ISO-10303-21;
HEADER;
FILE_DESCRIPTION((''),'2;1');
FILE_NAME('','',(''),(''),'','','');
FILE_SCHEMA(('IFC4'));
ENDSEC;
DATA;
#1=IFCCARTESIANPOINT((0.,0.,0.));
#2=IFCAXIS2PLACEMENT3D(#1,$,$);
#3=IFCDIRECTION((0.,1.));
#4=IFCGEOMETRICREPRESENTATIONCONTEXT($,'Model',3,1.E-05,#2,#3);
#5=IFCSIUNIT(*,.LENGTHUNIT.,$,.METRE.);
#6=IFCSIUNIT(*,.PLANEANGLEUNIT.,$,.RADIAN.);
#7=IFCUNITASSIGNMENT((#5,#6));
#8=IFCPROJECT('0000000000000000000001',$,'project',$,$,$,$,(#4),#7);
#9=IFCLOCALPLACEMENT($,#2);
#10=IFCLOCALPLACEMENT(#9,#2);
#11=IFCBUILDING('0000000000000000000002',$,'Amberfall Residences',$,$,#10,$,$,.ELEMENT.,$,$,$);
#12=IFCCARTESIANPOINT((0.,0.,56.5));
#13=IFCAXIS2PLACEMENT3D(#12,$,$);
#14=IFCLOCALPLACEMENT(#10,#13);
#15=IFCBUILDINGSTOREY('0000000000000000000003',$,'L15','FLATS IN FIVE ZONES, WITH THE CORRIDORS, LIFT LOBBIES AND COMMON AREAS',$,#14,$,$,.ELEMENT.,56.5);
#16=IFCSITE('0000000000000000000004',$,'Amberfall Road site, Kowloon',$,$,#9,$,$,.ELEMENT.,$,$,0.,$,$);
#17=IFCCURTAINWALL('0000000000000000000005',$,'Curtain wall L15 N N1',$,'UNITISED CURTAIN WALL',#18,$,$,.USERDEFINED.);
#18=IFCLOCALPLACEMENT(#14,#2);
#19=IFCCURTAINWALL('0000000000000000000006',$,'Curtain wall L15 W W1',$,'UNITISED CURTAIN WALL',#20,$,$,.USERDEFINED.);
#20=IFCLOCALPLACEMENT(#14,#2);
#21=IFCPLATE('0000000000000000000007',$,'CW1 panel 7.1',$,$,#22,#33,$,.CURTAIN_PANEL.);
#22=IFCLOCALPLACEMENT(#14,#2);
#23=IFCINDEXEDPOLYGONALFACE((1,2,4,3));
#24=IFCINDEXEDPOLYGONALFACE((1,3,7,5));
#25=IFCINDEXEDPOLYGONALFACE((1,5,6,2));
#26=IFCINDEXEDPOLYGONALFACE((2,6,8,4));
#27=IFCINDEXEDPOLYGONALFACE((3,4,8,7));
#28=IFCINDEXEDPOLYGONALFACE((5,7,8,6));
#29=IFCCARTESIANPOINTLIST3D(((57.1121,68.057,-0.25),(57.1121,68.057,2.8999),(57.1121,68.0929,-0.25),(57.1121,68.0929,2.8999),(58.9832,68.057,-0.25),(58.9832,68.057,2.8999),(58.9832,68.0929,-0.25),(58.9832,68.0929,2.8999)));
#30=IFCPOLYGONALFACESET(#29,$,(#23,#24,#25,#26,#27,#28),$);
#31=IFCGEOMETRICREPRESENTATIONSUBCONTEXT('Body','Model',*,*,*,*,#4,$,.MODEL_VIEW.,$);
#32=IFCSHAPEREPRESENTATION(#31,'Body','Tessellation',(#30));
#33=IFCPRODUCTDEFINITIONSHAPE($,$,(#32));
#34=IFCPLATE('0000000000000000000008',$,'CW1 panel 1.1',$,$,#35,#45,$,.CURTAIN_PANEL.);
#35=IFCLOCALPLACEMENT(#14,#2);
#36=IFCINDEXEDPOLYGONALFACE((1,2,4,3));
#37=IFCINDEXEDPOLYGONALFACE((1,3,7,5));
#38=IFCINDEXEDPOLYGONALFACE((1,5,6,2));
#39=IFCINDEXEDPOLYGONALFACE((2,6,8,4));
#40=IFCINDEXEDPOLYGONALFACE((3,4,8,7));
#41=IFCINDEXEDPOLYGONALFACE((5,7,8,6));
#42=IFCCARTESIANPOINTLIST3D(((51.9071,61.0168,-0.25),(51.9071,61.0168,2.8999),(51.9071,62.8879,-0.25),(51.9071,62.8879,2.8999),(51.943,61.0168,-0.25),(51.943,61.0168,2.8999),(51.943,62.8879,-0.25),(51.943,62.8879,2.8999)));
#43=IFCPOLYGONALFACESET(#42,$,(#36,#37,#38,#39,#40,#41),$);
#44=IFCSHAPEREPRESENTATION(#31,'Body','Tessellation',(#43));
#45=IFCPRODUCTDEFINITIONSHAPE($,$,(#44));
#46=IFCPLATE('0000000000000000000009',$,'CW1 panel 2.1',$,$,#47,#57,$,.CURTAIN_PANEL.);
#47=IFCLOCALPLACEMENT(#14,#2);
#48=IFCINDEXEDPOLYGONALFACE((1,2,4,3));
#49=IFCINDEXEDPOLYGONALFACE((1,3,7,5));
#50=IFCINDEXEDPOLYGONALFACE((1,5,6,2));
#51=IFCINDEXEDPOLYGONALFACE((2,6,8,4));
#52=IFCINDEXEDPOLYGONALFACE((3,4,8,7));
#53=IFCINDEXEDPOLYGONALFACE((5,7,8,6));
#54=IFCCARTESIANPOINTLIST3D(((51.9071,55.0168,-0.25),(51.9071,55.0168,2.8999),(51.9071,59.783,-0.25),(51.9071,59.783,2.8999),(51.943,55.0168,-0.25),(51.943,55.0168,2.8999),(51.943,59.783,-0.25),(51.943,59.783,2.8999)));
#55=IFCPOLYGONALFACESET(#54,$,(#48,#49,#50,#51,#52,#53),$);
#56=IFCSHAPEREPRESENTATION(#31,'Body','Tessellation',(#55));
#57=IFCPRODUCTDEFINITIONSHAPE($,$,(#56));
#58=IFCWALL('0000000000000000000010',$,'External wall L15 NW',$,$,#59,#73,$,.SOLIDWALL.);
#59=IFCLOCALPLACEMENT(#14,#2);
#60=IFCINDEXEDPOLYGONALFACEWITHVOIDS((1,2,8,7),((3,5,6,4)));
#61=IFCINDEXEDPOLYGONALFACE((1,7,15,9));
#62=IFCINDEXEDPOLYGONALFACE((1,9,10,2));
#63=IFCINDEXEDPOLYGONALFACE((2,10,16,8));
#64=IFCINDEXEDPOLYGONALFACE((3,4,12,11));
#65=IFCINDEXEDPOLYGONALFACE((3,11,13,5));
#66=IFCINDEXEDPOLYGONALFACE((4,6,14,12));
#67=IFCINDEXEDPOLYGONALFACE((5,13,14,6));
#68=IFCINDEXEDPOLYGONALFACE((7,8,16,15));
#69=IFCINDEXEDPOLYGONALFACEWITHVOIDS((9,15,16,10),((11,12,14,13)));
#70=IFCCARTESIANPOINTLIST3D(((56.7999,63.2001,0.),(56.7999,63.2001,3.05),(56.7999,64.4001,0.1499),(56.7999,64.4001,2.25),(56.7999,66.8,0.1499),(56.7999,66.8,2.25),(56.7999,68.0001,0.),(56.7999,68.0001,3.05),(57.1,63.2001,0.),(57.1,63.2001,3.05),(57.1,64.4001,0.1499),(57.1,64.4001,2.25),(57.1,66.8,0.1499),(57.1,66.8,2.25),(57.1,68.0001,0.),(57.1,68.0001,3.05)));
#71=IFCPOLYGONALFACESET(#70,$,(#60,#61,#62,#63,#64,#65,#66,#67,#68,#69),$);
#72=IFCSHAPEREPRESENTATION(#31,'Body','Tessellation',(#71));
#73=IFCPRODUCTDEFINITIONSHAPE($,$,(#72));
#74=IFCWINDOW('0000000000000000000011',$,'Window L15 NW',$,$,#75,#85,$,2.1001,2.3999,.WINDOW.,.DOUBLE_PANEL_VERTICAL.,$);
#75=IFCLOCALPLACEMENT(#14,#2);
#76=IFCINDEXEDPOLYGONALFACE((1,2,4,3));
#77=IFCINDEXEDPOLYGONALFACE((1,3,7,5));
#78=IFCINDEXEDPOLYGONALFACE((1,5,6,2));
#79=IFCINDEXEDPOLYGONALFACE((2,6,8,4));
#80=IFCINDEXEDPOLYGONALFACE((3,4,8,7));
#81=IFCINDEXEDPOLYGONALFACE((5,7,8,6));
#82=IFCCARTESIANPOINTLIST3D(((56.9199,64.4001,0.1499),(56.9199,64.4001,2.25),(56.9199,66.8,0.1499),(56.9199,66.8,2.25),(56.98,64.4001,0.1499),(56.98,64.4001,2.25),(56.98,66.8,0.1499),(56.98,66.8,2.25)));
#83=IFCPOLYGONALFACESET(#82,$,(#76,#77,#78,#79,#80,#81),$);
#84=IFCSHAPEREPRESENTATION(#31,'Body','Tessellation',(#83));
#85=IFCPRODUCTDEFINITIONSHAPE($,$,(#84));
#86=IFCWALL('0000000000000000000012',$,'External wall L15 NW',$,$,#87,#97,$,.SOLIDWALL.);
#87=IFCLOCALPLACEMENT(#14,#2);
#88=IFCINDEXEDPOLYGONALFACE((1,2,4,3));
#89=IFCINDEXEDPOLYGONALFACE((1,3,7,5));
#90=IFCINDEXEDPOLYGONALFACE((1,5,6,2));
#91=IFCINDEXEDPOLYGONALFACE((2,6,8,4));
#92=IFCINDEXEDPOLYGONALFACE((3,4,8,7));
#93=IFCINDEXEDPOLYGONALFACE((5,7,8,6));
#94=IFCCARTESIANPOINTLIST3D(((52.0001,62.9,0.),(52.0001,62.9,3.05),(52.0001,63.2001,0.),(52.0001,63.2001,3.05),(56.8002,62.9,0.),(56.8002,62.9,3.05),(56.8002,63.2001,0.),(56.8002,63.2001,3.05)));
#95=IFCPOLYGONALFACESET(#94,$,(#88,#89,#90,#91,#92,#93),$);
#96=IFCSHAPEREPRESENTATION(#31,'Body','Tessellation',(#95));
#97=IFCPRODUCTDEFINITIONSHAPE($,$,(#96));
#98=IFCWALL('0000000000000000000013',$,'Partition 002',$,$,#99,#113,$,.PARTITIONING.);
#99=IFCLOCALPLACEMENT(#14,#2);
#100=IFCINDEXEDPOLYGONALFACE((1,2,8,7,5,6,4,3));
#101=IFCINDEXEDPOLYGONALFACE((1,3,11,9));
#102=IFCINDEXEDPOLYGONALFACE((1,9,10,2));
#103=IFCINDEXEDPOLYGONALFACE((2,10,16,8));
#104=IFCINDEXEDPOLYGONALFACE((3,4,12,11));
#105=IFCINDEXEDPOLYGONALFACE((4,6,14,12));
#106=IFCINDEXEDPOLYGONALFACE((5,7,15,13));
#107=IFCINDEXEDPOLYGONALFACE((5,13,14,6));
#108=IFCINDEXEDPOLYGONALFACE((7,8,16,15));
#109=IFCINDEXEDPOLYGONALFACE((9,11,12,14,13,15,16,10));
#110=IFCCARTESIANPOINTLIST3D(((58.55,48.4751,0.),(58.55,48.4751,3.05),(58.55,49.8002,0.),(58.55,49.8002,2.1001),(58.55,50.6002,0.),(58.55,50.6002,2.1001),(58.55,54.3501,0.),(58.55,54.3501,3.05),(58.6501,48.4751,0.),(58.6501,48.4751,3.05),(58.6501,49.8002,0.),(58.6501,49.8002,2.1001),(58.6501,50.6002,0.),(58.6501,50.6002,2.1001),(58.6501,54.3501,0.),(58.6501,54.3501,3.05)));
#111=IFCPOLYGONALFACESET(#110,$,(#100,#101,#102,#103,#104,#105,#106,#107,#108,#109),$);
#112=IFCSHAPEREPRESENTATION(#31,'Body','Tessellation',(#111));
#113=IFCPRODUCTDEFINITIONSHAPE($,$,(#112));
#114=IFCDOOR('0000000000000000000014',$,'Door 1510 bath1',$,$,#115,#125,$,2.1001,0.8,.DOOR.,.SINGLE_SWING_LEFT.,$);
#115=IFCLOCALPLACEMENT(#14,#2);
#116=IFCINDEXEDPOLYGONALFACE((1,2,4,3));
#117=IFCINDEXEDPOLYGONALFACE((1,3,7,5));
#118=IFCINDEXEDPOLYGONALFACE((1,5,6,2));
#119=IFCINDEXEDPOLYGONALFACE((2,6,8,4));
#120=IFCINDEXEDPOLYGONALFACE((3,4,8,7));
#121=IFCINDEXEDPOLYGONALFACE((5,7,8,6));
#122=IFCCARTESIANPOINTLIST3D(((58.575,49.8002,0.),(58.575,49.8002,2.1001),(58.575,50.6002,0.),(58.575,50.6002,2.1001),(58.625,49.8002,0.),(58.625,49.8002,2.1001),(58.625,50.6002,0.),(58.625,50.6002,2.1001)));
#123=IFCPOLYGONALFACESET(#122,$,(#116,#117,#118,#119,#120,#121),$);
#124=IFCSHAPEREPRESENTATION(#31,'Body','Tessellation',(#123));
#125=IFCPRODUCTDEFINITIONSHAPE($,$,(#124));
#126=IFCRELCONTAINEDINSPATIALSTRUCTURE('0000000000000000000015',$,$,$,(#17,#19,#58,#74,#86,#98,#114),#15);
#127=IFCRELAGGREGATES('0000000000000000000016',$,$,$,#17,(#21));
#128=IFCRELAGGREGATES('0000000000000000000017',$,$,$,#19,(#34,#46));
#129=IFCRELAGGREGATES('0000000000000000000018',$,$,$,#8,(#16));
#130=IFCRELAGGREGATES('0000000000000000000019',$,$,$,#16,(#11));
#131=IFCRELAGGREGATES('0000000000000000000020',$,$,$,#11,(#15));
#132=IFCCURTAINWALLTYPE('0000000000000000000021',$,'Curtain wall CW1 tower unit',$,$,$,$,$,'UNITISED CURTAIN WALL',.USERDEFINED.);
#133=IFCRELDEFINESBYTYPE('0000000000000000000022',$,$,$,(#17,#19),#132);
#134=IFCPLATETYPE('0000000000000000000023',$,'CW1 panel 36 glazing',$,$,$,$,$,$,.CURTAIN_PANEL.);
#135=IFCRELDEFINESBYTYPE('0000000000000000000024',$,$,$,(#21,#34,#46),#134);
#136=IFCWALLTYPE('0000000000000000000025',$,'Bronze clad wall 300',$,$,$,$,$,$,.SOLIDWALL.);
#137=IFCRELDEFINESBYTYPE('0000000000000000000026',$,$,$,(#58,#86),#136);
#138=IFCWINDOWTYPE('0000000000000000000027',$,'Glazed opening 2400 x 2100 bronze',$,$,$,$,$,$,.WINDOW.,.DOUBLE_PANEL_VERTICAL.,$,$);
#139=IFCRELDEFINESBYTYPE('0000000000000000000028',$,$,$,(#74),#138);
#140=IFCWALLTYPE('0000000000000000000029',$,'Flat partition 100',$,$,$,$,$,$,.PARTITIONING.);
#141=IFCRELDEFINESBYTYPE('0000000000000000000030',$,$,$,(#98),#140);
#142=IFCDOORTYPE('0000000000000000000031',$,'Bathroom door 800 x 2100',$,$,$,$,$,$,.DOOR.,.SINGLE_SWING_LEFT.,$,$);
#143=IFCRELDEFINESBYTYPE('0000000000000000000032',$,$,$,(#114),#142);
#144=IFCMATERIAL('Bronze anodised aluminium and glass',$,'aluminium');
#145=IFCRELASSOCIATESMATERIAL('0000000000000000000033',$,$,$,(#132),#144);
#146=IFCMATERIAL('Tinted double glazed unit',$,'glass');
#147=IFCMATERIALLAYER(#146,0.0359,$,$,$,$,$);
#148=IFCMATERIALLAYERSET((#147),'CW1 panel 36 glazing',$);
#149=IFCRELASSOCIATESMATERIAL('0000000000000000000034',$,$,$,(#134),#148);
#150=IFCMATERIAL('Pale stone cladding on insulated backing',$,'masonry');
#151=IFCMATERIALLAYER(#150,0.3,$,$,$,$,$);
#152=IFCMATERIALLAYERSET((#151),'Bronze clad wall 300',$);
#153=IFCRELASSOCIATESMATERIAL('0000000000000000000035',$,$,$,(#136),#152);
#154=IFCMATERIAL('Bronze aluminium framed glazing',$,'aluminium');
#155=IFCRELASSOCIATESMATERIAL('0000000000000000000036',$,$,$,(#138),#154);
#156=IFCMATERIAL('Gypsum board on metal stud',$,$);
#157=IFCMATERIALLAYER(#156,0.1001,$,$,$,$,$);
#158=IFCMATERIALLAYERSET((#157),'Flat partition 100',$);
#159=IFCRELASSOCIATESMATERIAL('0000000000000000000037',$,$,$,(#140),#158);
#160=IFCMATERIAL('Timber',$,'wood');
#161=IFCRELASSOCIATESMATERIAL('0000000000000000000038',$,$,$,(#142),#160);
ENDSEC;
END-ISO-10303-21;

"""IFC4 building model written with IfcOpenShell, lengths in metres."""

from ifc_helpers import new_model, si_unit, direction, frame, frame_2d, origin, origin_2d, place, context, subcontext, project, spatial, rectangle, extrude, material, layer, layer_set, type_object, element, fill, aggregate, save


model = new_model("IFC4")

# Units and contexts
model_context = context("Model", 3, precision=1e-05, world=origin(), true_north=direction((0.0, 1.0)))
body_context = subcontext(model_context, "Body", "Model", "MODEL_VIEW")
ifc_project = project(units=[si_unit("LENGTHUNIT", "METRE"), si_unit("PLANEANGLEUNIT", "RADIAN")], contexts=[model_context])

# Site, building, storey
site_placement = place(None, origin())
site = spatial("IfcSite", under=ifc_project, at=site_placement, Name="Amberfall Road site, Kowloon", CompositionType="ELEMENT", RefElevation=0.0)
building_placement = place(site_placement, origin())
building = spatial("IfcBuilding", under=site, at=building_placement, Name="Amberfall Residences", CompositionType="ELEMENT")
storey_placement = place(building_placement, frame((0.0, 0.0, 56.5)))
storey = spatial("IfcBuildingStorey", under=building, at=storey_placement, Name="L15", Description="FLATS IN FIVE ZONES, WITH THE CORRIDORS, LIFT LOBBIES AND COMMON AREAS", CompositionType="ELEMENT", Elevation=56.5)

# Curtain wall
ifc_material_1 = material(Name="Bronze anodised aluminium and glass", Category="aluminium")
curtain_wall_type = type_object("IfcCurtainWallType", Name="Curtain wall CW1 tower unit", ElementType="UNITISED CURTAIN WALL", PredefinedType="USERDEFINED", material=ifc_material_1)
curtain_wall_1_placement = place(storey_placement, origin())
curtain_wall_1 = element("IfcCurtainWall", 1, at=curtain_wall_1_placement, inside=storey, type_object=curtain_wall_type, Name="Curtain wall L15 N N1", ObjectType="UNITISED CURTAIN WALL", PredefinedType="USERDEFINED")

# Curtain wall
curtain_wall_2_placement = place(storey_placement, origin())
curtain_wall_2 = element("IfcCurtainWall", 2, at=curtain_wall_2_placement, inside=storey, type_object=curtain_wall_type, Name="Curtain wall L15 W W1", ObjectType="UNITISED CURTAIN WALL", PredefinedType="USERDEFINED")

# Plates
ifc_material_2 = material(Name="Tinted double glazed unit", Category="glass")
ifc_layer_1 = layer(ifc_material_2, 0.0359)
ifc_layer_set_1 = layer_set([ifc_layer_1], Name="CW1 panel 36 glazing")
plate_type = type_object("IfcPlateType", Name="CW1 panel 36 glazing", PredefinedType="CURTAIN_PANEL", material=ifc_layer_set_1)
plate_1_placement = place(storey_placement, frame((58.0476, 68.075, -0.25), z_axis=(0.0, 0.0, 1.0), x_axis=(-1.0, 0.0, 0.0)))
plate_1 = element("IfcPlate", 3, at=plate_1_placement, type_object=plate_type, Name="CW1 panel 7.1", PredefinedType="CURTAIN_PANEL", context=body_context, shape_type="SweptSolid", body=[
    extrude(rectangle(XDim=1.8711, YDim=0.0359, at=origin_2d()), origin(), (0.0, 0.0, 1.0), 3.1499),
])
aggregate(curtain_wall_1, [plate_1])
plate_2_placement = place(storey_placement, frame((51.925, 61.9524, -0.25), z_axis=(0.0, 0.0, 1.0), x_axis=(0.0, -1.0, 0.0)))
plate_2 = element("IfcPlate", 4, at=plate_2_placement, type_object=plate_type, Name="CW1 panel 1.1", PredefinedType="CURTAIN_PANEL", context=body_context, shape_type="SweptSolid", body=[
    extrude(rectangle(XDim=1.8711, YDim=0.0359, at=origin_2d()), origin(), (0.0, 0.0, 1.0), 3.1499),
])
plate_3_placement = place(storey_placement, frame((51.925, 57.3999, -0.25), z_axis=(0.0, 0.0, 1.0), x_axis=(0.0, -1.0, 0.0)))
plate_3 = element("IfcPlate", 5, at=plate_3_placement, type_object=plate_type, Name="CW1 panel 2.1", PredefinedType="CURTAIN_PANEL", context=body_context, shape_type="SweptSolid", body=[
    extrude(rectangle(XDim=4.7661, YDim=0.0359, at=origin_2d()), origin(), (0.0, 0.0, 1.0), 3.1499),
])
aggregate(curtain_wall_2, [plate_2, plate_3])

# Wall, opening, window
ifc_material_3 = material(Name="Pale stone cladding on insulated backing", Category="masonry")
ifc_layer_2 = layer(ifc_material_3, 0.3)
ifc_layer_set_2 = layer_set([ifc_layer_2], Name="Bronze clad wall 300")
wall_type_1 = type_object("IfcWallType", Name="Bronze clad wall 300", PredefinedType="SOLIDWALL", material=ifc_layer_set_2)
wall_1_placement = place(storey_placement, frame((56.95, 68.0, 0.0), z_axis=(0.0, 0.0, 1.0), x_axis=(0.0, -1.0, 0.0)))
wall_1 = element("IfcWall", 6, at=wall_1_placement, inside=storey, type_object=wall_type_1, Name="External wall L15 NW", PredefinedType="SOLIDWALL", context=body_context, shape_type="SweptSolid", body=[
    extrude(rectangle(XDim=4.8, YDim=0.3, at=frame_2d((2.3999, 0.0))), origin(), (0.0, 0.0, 1.0), 3.05),
])
opening_1_placement = place(wall_1_placement, frame((1.2, 0.0, 0.1499)))
opening_1 = element("IfcOpeningElement", 7, at=opening_1_placement, cuts=wall_1, PredefinedType="OPENING", context=body_context, shape_type="SweptSolid", body=[
    extrude(rectangle(XDim=2.3999, YDim=2.1001, at=frame_2d((1.2, 1.05))), frame((0.0, 0.1599, 0.0), z_axis=(0.0, -1.0, 0.0), x_axis=(1.0, 0.0, 0.0)), (0.0, 0.0, 1.0), 0.3201),
])
ifc_material_4 = material(Name="Bronze aluminium framed glazing", Category="aluminium")
window_type = type_object("IfcWindowType", Name="Glazed opening 2400 x 2100 bronze", PartitioningType="DOUBLE_PANEL_VERTICAL", PredefinedType="WINDOW", material=ifc_material_4)
window_placement = place(opening_1_placement, origin())
window = element("IfcWindow", 8, at=window_placement, inside=storey, type_object=window_type, Name="Window L15 NW", OverallHeight=2.1001, OverallWidth=2.3999, PartitioningType="DOUBLE_PANEL_VERTICAL", PredefinedType="WINDOW", context=body_context, shape_type="SweptSolid", body=[
    extrude(rectangle(XDim=2.3999, YDim=2.1001, at=frame_2d((1.2, 1.05))), frame((0.0, 0.03, 0.0), z_axis=(0.0, -1.0, 0.0), x_axis=(1.0, 0.0, 0.0)), (0.0, 0.0, 1.0), 0.0601),
])
fill(opening_1, window)

# Wall
wall_2_placement = place(storey_placement, frame((56.8, 63.05, 0.0), z_axis=(0.0, 0.0, 1.0), x_axis=(-1.0, 0.0, 0.0)))
element("IfcWall", 9, at=wall_2_placement, inside=storey, type_object=wall_type_1, Name="External wall L15 NW", PredefinedType="SOLIDWALL", context=body_context, shape_type="SweptSolid", body=[
    extrude(rectangle(XDim=4.8, YDim=0.3, at=frame_2d((2.3999, 0.0))), origin(), (0.0, 0.0, 1.0), 3.05),
])

# Wall, opening, door
ifc_material_5 = material(Name="Gypsum board on metal stud")
ifc_layer_3 = layer(ifc_material_5, 0.1001)
ifc_layer_set_3 = layer_set([ifc_layer_3], Name="Flat partition 100")
wall_type_2 = type_object("IfcWallType", Name="Flat partition 100", PredefinedType="PARTITIONING", material=ifc_layer_set_3)
wall_3_placement = place(storey_placement, frame((58.6001, 54.3501, 0.0), z_axis=(0.0, 0.0, 1.0), x_axis=(0.0, -1.0, 0.0)))
wall_3 = element("IfcWall", 10, at=wall_3_placement, inside=storey, type_object=wall_type_2, Name="Partition 002", PredefinedType="PARTITIONING", context=body_context, shape_type="SweptSolid", body=[
    extrude(rectangle(XDim=5.875, YDim=0.1001, at=frame_2d((2.9375, 0.0))), origin(), (0.0, 0.0, 1.0), 3.05),
])
opening_2_placement = place(wall_3_placement, frame((3.75, 0.0, 0.0)))
opening_2 = element("IfcOpeningElement", 11, at=opening_2_placement, cuts=wall_3, PredefinedType="OPENING", context=body_context, shape_type="SweptSolid", body=[
    extrude(rectangle(XDim=0.8, YDim=2.1001, at=frame_2d((0.3999, 1.05))), frame((0.0, 0.0601, 0.0), z_axis=(0.0, -1.0, 0.0), x_axis=(1.0, 0.0, 0.0)), (0.0, 0.0, 1.0), 0.1201),
])
ifc_material_6 = material(Name="Timber", Category="wood")
door_type = type_object("IfcDoorType", Name="Bathroom door 800 x 2100", OperationType="SINGLE_SWING_LEFT", PredefinedType="DOOR", material=ifc_material_6)
door_placement = place(opening_2_placement, origin())
door = element("IfcDoor", 12, at=door_placement, inside=storey, type_object=door_type, Name="Door 1510 bath1", OperationType="SINGLE_SWING_LEFT", OverallHeight=2.1001, OverallWidth=0.8, PredefinedType="DOOR", context=body_context, shape_type="SweptSolid", body=[
    extrude(rectangle(XDim=0.8, YDim=2.1001, at=frame_2d((0.3999, 1.05))), frame((0.0, 0.0249, 0.0), z_axis=(0.0, -1.0, 0.0), x_axis=(1.0, 0.0, 0.0)), (0.0, 0.0, 1.0), 0.05),
])
fill(opening_2, door)

save(model, "model.ifc")
